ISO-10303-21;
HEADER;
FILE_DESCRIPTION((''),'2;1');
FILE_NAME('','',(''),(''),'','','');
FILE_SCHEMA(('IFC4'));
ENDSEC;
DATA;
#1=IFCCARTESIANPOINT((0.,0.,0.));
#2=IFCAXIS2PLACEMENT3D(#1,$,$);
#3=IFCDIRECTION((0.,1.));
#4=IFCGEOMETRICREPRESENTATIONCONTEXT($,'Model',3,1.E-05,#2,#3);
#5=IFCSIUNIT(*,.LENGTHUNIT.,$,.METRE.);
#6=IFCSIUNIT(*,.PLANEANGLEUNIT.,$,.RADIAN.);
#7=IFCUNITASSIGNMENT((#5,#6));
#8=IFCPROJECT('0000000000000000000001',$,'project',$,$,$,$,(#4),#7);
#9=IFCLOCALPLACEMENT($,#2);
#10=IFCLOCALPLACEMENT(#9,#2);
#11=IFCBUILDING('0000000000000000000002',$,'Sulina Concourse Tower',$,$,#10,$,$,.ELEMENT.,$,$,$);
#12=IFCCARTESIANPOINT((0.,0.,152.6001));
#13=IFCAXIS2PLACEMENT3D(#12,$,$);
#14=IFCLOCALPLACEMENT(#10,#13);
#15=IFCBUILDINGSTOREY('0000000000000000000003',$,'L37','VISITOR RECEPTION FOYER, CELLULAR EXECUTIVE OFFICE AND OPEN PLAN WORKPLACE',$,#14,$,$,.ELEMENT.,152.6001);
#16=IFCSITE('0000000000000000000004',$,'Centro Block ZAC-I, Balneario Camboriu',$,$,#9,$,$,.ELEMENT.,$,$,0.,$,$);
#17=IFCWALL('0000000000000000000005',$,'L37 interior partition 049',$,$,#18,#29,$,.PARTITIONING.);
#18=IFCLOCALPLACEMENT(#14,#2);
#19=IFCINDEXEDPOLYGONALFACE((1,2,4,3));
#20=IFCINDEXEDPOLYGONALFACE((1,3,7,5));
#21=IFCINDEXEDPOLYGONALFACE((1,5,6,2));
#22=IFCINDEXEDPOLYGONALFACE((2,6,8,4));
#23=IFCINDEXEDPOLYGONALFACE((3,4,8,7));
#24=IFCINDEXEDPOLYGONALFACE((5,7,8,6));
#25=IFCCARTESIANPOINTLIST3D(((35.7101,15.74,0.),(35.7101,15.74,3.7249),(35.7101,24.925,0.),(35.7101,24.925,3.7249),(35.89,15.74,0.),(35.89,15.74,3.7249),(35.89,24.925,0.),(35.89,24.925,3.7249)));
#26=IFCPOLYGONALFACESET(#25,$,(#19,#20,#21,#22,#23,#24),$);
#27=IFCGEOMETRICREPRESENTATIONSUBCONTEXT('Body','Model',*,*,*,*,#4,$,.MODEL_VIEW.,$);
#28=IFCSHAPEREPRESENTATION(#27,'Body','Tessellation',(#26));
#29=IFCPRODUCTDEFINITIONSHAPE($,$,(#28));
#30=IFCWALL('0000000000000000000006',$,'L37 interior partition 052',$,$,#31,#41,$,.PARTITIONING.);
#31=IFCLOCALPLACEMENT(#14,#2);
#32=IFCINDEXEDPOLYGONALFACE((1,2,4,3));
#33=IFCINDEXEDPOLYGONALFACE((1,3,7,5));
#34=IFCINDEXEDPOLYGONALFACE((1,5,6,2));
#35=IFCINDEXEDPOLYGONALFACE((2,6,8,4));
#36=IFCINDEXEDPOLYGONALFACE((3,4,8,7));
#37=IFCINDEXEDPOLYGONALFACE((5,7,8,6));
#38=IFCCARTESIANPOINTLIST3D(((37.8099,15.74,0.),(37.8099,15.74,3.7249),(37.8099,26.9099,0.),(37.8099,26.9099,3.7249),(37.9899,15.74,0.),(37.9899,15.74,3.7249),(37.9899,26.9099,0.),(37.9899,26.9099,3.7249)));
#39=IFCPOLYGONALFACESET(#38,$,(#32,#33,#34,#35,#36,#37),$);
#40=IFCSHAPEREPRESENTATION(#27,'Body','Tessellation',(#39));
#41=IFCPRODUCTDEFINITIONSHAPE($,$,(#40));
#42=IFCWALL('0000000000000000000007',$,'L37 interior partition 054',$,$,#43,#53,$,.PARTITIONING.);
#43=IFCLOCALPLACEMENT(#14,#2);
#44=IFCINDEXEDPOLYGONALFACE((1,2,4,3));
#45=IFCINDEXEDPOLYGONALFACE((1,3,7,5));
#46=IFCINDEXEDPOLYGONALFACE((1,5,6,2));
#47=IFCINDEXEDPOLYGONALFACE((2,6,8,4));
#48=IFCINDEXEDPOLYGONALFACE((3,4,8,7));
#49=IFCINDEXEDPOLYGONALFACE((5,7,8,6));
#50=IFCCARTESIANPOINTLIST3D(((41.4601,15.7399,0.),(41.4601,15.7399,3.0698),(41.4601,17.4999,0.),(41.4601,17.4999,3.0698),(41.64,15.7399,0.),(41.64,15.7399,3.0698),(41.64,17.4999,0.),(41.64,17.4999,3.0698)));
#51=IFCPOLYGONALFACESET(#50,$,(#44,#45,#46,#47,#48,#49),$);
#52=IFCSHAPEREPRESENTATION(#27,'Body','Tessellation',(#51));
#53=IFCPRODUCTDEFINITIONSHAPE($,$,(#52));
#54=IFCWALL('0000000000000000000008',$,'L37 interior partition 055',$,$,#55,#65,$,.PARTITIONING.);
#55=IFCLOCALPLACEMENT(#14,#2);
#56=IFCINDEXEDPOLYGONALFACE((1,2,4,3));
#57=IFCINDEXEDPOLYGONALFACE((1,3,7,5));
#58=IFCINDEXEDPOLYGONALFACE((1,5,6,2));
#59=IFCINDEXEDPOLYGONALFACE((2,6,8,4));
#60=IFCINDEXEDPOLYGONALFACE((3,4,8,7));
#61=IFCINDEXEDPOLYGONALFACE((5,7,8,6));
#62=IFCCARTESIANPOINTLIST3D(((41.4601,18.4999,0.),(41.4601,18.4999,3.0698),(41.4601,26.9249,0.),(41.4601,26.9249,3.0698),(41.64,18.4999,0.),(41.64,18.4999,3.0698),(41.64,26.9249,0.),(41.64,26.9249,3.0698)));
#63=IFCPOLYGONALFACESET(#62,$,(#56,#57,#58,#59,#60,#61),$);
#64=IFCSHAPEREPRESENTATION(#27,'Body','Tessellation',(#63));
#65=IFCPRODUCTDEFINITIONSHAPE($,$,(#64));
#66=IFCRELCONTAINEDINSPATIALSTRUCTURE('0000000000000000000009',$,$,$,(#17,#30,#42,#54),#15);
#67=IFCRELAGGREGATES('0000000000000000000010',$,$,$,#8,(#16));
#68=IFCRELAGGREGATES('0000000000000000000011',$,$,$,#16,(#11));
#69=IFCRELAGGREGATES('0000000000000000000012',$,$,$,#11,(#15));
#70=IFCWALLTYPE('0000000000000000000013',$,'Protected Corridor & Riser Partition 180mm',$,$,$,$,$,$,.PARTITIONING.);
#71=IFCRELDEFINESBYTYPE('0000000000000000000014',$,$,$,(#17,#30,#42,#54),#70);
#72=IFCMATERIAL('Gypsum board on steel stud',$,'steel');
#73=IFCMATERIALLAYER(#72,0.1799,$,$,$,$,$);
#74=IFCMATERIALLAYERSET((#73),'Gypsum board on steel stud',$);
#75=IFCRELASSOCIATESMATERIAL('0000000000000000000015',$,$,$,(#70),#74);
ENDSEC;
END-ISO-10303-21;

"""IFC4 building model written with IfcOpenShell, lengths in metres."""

from ifc_helpers import new_model, si_unit, direction, frame, frame_2d, origin, place, context, subcontext, project, spatial, rectangle, extrude, material, layer, layer_set, type_object, element, save


model = new_model("IFC4")

# Units and contexts
model_context = context("Model", 3, precision=1e-05, world=origin(), true_north=direction((0.0, 1.0)))
body_context = subcontext(model_context, "Body", "Model", "MODEL_VIEW")
ifc_project = project(units=[si_unit("LENGTHUNIT", "METRE"), si_unit("PLANEANGLEUNIT", "RADIAN")], contexts=[model_context])

# Site, building, storey
site_placement = place(None, origin())
site = spatial("IfcSite", under=ifc_project, at=site_placement, Name="Centro Block ZAC-I, Balneario Camboriu", CompositionType="ELEMENT", RefElevation=0.0)
building_placement = place(site_placement, origin())
building = spatial("IfcBuilding", under=site, at=building_placement, Name="Sulina Concourse Tower", CompositionType="ELEMENT")
storey_placement = place(building_placement, frame((0.0, 0.0, 152.6001)))
storey = spatial("IfcBuildingStorey", under=building, at=storey_placement, Name="L37", Description="VISITOR RECEPTION FOYER, CELLULAR EXECUTIVE OFFICE AND OPEN PLAN WORKPLACE", CompositionType="ELEMENT", Elevation=152.6001)

# Shared definitions
ifc_material_1 = material(Name="Gypsum board on steel stud", Category="steel")
ifc_layer_1 = layer(ifc_material_1, 0.1799)
ifc_layer_set_1 = layer_set([ifc_layer_1], Name="Gypsum board on steel stud")
wall_type = type_object("IfcWallType", Name="Protected Corridor & Riser Partition 180mm", PredefinedType="PARTITIONING", material=ifc_layer_set_1)

# Wall
wall_1_placement = place(storey_placement, frame((35.8, 15.74, 0.0), z_axis=(0.0, 0.0, 1.0), x_axis=(0.0, 1.0, 0.0)))
element("IfcWall", 1, at=wall_1_placement, inside=storey, type_object=wall_type, Name="L37 interior partition 049", PredefinedType="PARTITIONING", context=body_context, shape_type="SweptSolid", body=[
    extrude(rectangle(XDim=9.1851, YDim=0.1799, at=frame_2d((4.5925, 0.0))), origin(), (0.0, 0.0, 1.0), 3.7249),
])

# Walls
wall_2_placement = place(storey_placement, frame((37.8999, 15.74, 0.0), z_axis=(0.0, 0.0, 1.0), x_axis=(0.0, 1.0, 0.0)))
element("IfcWall", 2, at=wall_2_placement, inside=storey, type_object=wall_type, Name="L37 interior partition 052", PredefinedType="PARTITIONING", context=body_context, shape_type="SweptSolid", body=[
    extrude(rectangle(XDim=11.1699, YDim=0.1799, at=frame_2d((5.585, 0.0))), origin(), (0.0, 0.0, 1.0), 3.7249),
])
wall_3_placement = place(storey_placement, frame((41.55, 15.74, 0.0), z_axis=(0.0, 0.0, 1.0), x_axis=(0.0, 1.0, 0.0)))
element("IfcWall", 3, at=wall_3_placement, inside=storey, type_object=wall_type, Name="L37 interior partition 054", PredefinedType="PARTITIONING", context=body_context, shape_type="SweptSolid", body=[
    extrude(rectangle(XDim=1.76, YDim=0.1799, at=frame_2d((0.8799, 0.0))), origin(), (0.0, 0.0, 1.0), 3.0698),
])
wall_4_placement = place(storey_placement, frame((41.55, 18.5, 0.0), z_axis=(0.0, 0.0, 1.0), x_axis=(0.0, 1.0, 0.0)))
element("IfcWall", 4, at=wall_4_placement, inside=storey, type_object=wall_type, Name="L37 interior partition 055", PredefinedType="PARTITIONING", context=body_context, shape_type="SweptSolid", body=[
    extrude(rectangle(XDim=8.425, YDim=0.1799, at=frame_2d((4.2124, 0.0))), origin(), (0.0, 0.0, 1.0), 3.0698),
])

save(model, "model.ifc")
